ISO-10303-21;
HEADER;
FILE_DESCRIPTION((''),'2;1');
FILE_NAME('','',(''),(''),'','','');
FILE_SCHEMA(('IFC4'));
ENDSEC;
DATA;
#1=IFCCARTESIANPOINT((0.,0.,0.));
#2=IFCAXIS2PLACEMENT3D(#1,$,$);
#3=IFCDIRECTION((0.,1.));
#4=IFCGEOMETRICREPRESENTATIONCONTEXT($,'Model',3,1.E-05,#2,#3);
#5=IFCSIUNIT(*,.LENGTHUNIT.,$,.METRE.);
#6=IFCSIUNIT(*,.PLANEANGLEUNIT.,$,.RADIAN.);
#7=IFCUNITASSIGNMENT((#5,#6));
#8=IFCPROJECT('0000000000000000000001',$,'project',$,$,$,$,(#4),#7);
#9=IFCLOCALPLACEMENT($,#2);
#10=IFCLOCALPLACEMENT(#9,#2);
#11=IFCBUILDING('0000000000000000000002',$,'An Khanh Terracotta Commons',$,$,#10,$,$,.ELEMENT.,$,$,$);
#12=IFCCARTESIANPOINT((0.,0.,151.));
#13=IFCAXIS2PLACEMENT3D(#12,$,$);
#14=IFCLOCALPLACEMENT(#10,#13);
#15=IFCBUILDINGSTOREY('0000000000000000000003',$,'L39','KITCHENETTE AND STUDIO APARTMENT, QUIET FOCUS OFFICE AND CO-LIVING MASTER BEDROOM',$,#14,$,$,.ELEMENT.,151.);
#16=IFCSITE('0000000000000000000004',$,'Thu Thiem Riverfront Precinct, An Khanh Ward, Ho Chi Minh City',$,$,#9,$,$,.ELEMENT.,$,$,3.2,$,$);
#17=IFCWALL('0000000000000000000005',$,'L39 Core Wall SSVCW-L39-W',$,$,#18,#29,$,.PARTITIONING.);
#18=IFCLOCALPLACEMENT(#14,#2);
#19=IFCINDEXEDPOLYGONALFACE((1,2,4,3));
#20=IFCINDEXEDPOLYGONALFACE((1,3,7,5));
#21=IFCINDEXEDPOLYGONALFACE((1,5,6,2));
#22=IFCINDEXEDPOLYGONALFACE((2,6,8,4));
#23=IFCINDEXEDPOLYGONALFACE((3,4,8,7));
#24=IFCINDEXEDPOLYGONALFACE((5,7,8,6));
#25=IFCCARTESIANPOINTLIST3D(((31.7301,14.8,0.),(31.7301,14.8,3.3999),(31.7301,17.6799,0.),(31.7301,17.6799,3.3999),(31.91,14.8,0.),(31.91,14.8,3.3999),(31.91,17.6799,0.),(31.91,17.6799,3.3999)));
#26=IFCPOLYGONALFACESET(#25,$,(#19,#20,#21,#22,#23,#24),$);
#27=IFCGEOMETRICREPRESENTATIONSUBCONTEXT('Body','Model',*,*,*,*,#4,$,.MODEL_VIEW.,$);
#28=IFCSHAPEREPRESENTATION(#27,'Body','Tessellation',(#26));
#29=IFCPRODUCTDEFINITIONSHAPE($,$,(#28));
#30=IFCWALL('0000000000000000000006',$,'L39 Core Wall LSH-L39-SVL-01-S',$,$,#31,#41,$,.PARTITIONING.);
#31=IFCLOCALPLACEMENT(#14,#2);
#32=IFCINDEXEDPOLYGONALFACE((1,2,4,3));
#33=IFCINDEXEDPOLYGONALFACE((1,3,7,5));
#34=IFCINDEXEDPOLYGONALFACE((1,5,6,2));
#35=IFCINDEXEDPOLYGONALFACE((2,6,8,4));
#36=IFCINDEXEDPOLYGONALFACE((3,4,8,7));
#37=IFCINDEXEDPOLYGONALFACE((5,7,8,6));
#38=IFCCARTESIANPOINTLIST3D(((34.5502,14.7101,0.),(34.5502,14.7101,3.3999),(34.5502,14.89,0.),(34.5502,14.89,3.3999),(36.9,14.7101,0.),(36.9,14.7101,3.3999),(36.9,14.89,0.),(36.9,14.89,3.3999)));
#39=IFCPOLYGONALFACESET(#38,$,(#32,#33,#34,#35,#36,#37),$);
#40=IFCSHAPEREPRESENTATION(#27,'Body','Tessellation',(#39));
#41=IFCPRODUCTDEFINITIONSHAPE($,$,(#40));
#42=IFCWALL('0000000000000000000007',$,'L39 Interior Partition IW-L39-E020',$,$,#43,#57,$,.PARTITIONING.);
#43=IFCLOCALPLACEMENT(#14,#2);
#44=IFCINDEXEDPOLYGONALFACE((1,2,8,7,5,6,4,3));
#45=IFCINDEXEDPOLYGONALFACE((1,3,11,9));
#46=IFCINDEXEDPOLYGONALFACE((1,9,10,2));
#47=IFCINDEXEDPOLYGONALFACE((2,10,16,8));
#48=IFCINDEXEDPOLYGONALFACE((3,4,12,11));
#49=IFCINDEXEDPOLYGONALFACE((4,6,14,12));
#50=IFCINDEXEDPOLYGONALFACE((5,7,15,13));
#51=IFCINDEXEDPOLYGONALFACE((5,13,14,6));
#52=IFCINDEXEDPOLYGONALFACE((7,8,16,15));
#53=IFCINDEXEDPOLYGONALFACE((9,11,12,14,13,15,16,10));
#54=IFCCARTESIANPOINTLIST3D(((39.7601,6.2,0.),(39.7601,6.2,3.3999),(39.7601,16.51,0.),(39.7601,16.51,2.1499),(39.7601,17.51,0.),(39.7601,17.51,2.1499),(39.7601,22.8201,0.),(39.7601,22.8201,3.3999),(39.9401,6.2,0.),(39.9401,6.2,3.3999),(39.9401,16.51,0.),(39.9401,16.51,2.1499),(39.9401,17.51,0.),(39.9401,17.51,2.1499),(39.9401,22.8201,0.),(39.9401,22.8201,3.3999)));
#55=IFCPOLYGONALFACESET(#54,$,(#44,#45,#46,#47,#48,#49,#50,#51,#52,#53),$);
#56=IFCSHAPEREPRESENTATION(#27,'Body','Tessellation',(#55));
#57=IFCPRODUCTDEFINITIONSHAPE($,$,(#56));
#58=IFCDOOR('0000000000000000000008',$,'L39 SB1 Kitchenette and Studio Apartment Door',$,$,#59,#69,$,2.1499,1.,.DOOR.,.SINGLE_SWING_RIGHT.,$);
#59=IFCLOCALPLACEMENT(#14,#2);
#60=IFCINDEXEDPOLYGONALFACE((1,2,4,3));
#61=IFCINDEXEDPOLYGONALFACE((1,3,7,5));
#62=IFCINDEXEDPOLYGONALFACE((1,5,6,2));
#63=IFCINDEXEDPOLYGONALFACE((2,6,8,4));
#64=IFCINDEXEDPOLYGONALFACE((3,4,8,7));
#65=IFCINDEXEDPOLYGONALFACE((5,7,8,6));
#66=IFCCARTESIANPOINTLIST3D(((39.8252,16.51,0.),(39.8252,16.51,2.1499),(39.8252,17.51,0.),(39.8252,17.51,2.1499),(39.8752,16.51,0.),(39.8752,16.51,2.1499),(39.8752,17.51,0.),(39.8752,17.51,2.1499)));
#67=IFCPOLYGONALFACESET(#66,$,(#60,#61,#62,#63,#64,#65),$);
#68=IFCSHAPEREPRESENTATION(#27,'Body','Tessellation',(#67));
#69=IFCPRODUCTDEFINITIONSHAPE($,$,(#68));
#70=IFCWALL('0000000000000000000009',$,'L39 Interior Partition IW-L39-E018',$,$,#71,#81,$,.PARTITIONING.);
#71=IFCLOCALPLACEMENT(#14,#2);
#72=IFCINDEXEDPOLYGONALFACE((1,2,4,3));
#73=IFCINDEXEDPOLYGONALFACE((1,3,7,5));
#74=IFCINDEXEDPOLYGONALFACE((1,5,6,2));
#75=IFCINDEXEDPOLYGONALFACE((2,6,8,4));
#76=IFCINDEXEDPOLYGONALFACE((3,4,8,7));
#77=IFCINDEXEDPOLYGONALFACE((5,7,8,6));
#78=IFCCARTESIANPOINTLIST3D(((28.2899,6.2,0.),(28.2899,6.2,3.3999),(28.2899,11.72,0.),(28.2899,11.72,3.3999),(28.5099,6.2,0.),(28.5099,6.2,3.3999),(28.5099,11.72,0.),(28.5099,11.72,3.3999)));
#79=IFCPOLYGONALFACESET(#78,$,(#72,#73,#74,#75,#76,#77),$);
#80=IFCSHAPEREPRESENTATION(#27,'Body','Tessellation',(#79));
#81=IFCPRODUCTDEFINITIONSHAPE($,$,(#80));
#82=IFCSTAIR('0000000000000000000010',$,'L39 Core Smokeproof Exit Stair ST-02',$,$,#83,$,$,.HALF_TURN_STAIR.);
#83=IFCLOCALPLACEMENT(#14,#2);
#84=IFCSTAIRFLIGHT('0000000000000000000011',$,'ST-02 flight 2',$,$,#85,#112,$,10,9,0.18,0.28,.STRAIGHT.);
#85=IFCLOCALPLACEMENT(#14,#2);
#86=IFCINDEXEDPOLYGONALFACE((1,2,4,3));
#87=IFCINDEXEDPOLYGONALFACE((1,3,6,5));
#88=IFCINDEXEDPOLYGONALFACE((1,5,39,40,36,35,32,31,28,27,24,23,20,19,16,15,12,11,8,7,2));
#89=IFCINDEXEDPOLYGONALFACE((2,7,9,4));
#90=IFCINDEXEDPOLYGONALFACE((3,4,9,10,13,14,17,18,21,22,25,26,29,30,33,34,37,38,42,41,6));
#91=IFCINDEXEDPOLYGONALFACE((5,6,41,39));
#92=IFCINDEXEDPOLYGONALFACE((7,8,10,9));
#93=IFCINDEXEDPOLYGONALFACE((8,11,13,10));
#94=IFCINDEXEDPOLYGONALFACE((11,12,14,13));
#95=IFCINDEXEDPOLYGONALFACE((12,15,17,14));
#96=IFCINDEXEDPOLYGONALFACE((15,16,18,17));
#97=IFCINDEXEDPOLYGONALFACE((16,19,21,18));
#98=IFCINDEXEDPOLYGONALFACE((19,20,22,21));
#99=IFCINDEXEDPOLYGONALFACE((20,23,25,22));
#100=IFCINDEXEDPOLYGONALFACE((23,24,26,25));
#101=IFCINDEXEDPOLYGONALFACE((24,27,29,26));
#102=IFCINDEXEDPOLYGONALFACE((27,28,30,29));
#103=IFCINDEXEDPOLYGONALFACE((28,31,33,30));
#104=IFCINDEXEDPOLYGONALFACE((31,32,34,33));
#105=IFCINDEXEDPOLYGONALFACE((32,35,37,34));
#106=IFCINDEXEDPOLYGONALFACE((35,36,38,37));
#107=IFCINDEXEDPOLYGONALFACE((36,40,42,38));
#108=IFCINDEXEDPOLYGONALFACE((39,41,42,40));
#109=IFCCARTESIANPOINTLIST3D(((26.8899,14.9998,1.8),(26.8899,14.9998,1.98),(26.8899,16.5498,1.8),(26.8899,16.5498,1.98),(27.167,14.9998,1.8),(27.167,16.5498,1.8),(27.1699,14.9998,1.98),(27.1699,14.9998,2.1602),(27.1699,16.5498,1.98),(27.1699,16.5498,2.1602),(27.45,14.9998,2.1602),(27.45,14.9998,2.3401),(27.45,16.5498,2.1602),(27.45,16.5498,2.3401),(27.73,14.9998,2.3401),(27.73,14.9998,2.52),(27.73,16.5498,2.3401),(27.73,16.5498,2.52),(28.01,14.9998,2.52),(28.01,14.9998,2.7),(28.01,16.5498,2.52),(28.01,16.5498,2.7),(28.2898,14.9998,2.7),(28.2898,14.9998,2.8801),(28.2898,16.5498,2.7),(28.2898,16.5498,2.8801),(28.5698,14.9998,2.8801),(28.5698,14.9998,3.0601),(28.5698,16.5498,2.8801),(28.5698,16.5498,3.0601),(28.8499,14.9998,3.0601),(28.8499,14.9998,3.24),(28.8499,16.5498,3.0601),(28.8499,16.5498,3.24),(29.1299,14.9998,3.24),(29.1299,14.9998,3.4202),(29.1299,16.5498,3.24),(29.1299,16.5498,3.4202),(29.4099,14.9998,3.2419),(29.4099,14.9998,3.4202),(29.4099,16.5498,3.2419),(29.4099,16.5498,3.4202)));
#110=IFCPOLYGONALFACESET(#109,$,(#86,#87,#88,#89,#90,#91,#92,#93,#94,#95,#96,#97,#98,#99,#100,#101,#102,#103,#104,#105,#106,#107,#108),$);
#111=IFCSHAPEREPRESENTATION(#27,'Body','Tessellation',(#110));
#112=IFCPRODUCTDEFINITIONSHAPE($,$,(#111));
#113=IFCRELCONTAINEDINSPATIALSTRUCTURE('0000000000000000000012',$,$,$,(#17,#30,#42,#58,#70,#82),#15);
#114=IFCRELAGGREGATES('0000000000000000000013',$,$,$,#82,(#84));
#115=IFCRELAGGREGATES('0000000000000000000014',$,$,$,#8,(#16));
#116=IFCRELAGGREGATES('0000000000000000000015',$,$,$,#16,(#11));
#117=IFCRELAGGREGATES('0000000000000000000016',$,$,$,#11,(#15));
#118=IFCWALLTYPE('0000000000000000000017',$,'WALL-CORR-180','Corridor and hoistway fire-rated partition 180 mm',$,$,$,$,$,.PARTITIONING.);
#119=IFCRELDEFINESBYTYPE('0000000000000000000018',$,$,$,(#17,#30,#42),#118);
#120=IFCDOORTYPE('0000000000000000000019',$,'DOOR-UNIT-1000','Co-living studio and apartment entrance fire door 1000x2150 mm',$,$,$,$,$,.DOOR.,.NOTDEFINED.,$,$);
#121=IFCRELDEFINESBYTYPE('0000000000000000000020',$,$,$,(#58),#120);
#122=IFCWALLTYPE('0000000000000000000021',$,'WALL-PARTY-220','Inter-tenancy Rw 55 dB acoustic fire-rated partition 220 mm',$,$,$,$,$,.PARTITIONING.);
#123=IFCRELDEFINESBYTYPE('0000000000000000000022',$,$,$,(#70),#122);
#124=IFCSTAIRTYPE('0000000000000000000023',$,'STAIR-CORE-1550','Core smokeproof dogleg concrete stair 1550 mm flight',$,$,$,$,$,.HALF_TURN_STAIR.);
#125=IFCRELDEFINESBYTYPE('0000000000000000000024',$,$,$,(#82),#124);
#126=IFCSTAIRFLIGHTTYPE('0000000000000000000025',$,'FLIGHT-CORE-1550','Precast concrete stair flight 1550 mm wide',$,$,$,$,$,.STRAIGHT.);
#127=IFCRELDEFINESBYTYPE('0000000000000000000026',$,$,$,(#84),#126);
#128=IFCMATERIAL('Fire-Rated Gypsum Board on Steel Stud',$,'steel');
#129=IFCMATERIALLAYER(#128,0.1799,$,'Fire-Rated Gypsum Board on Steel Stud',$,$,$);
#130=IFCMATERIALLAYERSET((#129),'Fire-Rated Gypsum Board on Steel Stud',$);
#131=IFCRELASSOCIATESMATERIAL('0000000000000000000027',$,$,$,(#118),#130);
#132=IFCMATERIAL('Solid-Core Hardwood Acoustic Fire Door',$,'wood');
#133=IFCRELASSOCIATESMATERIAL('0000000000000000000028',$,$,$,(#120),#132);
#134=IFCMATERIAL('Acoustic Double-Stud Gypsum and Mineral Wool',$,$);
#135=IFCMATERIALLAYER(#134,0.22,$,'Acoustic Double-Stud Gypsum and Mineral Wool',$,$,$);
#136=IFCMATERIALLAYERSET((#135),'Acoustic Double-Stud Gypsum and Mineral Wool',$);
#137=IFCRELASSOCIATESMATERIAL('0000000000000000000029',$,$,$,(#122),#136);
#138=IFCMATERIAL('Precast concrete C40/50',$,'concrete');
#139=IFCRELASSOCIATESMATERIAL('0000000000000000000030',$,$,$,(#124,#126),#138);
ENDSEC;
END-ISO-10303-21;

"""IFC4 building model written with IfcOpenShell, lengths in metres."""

from ifc_helpers import new_model, si_unit, direction, frame, frame_2d, origin, place, context, subcontext, project, spatial, polyline, rectangle, outline, extrude, material, layer, layer_set, type_object, element, fill, aggregate, save


model = new_model("IFC4")

# Units and contexts
model_context = context("Model", 3, precision=1e-05, world=origin(), true_north=direction((0.0, 1.0)))
body_context = subcontext(model_context, "Body", "Model", "MODEL_VIEW")
ifc_project = project(units=[si_unit("LENGTHUNIT", "METRE"), si_unit("PLANEANGLEUNIT", "RADIAN")], contexts=[model_context])

# Site, building, storey
site_placement = place(None, origin())
site = spatial("IfcSite", under=ifc_project, at=site_placement, Name="Thu Thiem Riverfront Precinct, An Khanh Ward, Ho Chi Minh City", CompositionType="ELEMENT", RefElevation=3.2)
building_placement = place(site_placement, origin())
building = spatial("IfcBuilding", under=site, at=building_placement, Name="An Khanh Terracotta Commons", CompositionType="ELEMENT")
storey_placement = place(building_placement, frame((0.0, 0.0, 151.0)))
storey = spatial("IfcBuildingStorey", under=building, at=storey_placement, Name="L39", Description="KITCHENETTE AND STUDIO APARTMENT, QUIET FOCUS OFFICE AND CO-LIVING MASTER BEDROOM", CompositionType="ELEMENT", Elevation=151.0)

# Walls
ifc_material_1 = material(Name="Fire-Rated Gypsum Board on Steel Stud", Category="steel")
ifc_layer_1 = layer(ifc_material_1, 0.1799, Name="Fire-Rated Gypsum Board on Steel Stud")
ifc_layer_set_1 = layer_set([ifc_layer_1], Name="Fire-Rated Gypsum Board on Steel Stud")
wall_type_1 = type_object("IfcWallType", Name="WALL-CORR-180", Description="Corridor and hoistway fire-rated partition 180 mm", PredefinedType="PARTITIONING", material=ifc_layer_set_1)
wall_1_placement = place(storey_placement, frame((31.8201, 14.8, 0.0), z_axis=(0.0, 0.0, 1.0), x_axis=(0.0, 1.0, 0.0)))
element("IfcWall", 1, at=wall_1_placement, inside=storey, type_object=wall_type_1, Name="L39 Core Wall SSVCW-L39-W", PredefinedType="PARTITIONING", context=body_context, shape_type="SweptSolid", body=[
    extrude(rectangle(XDim=2.8799, YDim=0.1799, at=frame_2d((1.4399, 0.0))), origin(), (0.0, 0.0, 1.0), 3.3999),
])
wall_2_placement = place(storey_placement, frame((36.8999, 14.8, 0.0), z_axis=(0.0, 0.0, 1.0), x_axis=(-1.0, 0.0, 0.0)))
element("IfcWall", 2, at=wall_2_placement, inside=storey, type_object=wall_type_1, Name="L39 Core Wall LSH-L39-SVL-01-S", PredefinedType="PARTITIONING", context=body_context, shape_type="SweptSolid", body=[
    extrude(rectangle(XDim=2.3499, YDim=0.1799, at=frame_2d((1.1748, 0.0))), origin(), (0.0, 0.0, 1.0), 3.3999),
])

# Wall, opening, door
wall_3_placement = place(storey_placement, frame((39.8501, 6.2, 0.0), z_axis=(0.0, 0.0, 1.0), x_axis=(0.0, 1.0, 0.0)))
wall_3 = element("IfcWall", 3, at=wall_3_placement, inside=storey, type_object=wall_type_1, Name="L39 Interior Partition IW-L39-E020", PredefinedType="PARTITIONING", context=body_context, shape_type="SweptSolid", body=[
    extrude(rectangle(XDim=16.6201, YDim=0.1799, at=frame_2d((8.3101, 0.0))), origin(), (0.0, 0.0, 1.0), 3.3999),
])
opening_1_placement = place(wall_3_placement, frame((10.3101, 0.0, 0.0)))
opening_1 = element("IfcOpeningElement", 4, at=opening_1_placement, cuts=wall_3, PredefinedType="OPENING", context=body_context, shape_type="SweptSolid", body=[
    extrude(rectangle(XDim=1.0, YDim=2.1499, at=frame_2d((0.5, 1.075))), frame((0.0, 0.0999, 0.0), z_axis=(0.0, -1.0, 0.0), x_axis=(1.0, 0.0, 0.0)), (0.0, 0.0, 1.0), 0.2),
])
ifc_material_2 = material(Name="Solid-Core Hardwood Acoustic Fire Door", Category="wood")
door_type_1 = type_object("IfcDoorType", Name="DOOR-UNIT-1000", Description="Co-living studio and apartment entrance fire door 1000x2150 mm", OperationType="NOTDEFINED", PredefinedType="DOOR", material=ifc_material_2)
door_1_placement = place(opening_1_placement, origin())
door_1 = element("IfcDoor", 5, at=door_1_placement, inside=storey, type_object=door_type_1, Name="L39 SB1 Kitchenette and Studio Apartment Door", OperationType="SINGLE_SWING_RIGHT", OverallHeight=2.1499, OverallWidth=1.0, PredefinedType="DOOR", context=body_context, shape_type="SweptSolid", body=[
    extrude(rectangle(XDim=1.0, YDim=2.1499, at=frame_2d((0.5, 1.075))), frame((0.0, 0.0249, 0.0), z_axis=(0.0, -1.0, 0.0), x_axis=(1.0, 0.0, 0.0)), (0.0, 0.0, 1.0), 0.05),
])
fill(opening_1, door_1)

# Wall
ifc_material_3 = material(Name="Acoustic Double-Stud Gypsum and Mineral Wool")
ifc_layer_2 = layer(ifc_material_3, 0.22, Name="Acoustic Double-Stud Gypsum and Mineral Wool")
ifc_layer_set_2 = layer_set([ifc_layer_2], Name="Acoustic Double-Stud Gypsum and Mineral Wool")
wall_type_2 = type_object("IfcWallType", Name="WALL-PARTY-220", Description="Inter-tenancy Rw 55 dB acoustic fire-rated partition 220 mm", PredefinedType="PARTITIONING", material=ifc_layer_set_2)
wall_4_placement = place(storey_placement, frame((28.3999, 6.2, 0.0), z_axis=(0.0, 0.0, 1.0), x_axis=(0.0, 1.0, 0.0)))
element("IfcWall", 6, at=wall_4_placement, inside=storey, type_object=wall_type_2, Name="L39 Interior Partition IW-L39-E018", PredefinedType="PARTITIONING", context=body_context, shape_type="SweptSolid", body=[
    extrude(rectangle(XDim=5.52, YDim=0.22, at=frame_2d((2.76, 0.0))), origin(), (0.0, 0.0, 1.0), 3.3999),
])

# Stair, stair flight
ifc_material_4 = material(Name="Precast concrete C40/50", Category="concrete")
stair_type = type_object("IfcStairType", Name="STAIR-CORE-1550", Description="Core smokeproof dogleg concrete stair 1550 mm flight", PredefinedType="HALF_TURN_STAIR", material=ifc_material_4)
stair_placement = place(storey_placement, origin())
stair = element("IfcStair", 7, at=stair_placement, inside=storey, type_object=stair_type, Name="L39 Core Smokeproof Exit Stair ST-02", PredefinedType="HALF_TURN_STAIR")
stair_flight_type = type_object("IfcStairFlightType", Name="FLIGHT-CORE-1550", Description="Precast concrete stair flight 1550 mm wide", PredefinedType="STRAIGHT", material=ifc_material_4)
stair_flight_placement = place(storey_placement, frame((26.8899, 15.7749, 1.8), z_axis=(0.0, 0.0, 1.0), x_axis=(1.0, 0.0, 0.0)))
stair_flight = element("IfcStairFlight", 8, at=stair_flight_placement, type_object=stair_flight_type, Name="ST-02 flight 2", NumberOfRisers=10, NumberOfTreads=9, PredefinedType="STRAIGHT", RiserHeight=0.18, TreadLength=0.28, context=body_context, shape_type="SweptSolid", body=[
    extrude(outline(polyline([(0.0, 0.0), (0.0, 0.1799), (0.28, 0.1799), (0.28, 0.3601), (0.5601, 0.3601), (0.5601, 0.54), (0.8401, 0.54), (0.8401, 0.72), (1.1201, 0.72), (1.1201, 0.8999), (1.3999, 0.8999), (1.3999, 1.0801), (1.6799, 1.0801), (1.6799, 1.26), (1.96, 1.26), (1.96, 1.4399), (2.24, 1.4399), (2.24, 1.6201), (2.52, 1.6201), (2.52, 1.8), (2.52, 1.4419), (0.2771, 0.0), (0.0, 0.0)])), frame((0.0, 0.7749, 0.0), z_axis=(0.0, -1.0, 0.0), x_axis=(1.0, 0.0, 0.0)), (0.0, 0.0, 1.0), 1.55),
])
aggregate(stair, [stair_flight])

save(model, "model.ifc")
